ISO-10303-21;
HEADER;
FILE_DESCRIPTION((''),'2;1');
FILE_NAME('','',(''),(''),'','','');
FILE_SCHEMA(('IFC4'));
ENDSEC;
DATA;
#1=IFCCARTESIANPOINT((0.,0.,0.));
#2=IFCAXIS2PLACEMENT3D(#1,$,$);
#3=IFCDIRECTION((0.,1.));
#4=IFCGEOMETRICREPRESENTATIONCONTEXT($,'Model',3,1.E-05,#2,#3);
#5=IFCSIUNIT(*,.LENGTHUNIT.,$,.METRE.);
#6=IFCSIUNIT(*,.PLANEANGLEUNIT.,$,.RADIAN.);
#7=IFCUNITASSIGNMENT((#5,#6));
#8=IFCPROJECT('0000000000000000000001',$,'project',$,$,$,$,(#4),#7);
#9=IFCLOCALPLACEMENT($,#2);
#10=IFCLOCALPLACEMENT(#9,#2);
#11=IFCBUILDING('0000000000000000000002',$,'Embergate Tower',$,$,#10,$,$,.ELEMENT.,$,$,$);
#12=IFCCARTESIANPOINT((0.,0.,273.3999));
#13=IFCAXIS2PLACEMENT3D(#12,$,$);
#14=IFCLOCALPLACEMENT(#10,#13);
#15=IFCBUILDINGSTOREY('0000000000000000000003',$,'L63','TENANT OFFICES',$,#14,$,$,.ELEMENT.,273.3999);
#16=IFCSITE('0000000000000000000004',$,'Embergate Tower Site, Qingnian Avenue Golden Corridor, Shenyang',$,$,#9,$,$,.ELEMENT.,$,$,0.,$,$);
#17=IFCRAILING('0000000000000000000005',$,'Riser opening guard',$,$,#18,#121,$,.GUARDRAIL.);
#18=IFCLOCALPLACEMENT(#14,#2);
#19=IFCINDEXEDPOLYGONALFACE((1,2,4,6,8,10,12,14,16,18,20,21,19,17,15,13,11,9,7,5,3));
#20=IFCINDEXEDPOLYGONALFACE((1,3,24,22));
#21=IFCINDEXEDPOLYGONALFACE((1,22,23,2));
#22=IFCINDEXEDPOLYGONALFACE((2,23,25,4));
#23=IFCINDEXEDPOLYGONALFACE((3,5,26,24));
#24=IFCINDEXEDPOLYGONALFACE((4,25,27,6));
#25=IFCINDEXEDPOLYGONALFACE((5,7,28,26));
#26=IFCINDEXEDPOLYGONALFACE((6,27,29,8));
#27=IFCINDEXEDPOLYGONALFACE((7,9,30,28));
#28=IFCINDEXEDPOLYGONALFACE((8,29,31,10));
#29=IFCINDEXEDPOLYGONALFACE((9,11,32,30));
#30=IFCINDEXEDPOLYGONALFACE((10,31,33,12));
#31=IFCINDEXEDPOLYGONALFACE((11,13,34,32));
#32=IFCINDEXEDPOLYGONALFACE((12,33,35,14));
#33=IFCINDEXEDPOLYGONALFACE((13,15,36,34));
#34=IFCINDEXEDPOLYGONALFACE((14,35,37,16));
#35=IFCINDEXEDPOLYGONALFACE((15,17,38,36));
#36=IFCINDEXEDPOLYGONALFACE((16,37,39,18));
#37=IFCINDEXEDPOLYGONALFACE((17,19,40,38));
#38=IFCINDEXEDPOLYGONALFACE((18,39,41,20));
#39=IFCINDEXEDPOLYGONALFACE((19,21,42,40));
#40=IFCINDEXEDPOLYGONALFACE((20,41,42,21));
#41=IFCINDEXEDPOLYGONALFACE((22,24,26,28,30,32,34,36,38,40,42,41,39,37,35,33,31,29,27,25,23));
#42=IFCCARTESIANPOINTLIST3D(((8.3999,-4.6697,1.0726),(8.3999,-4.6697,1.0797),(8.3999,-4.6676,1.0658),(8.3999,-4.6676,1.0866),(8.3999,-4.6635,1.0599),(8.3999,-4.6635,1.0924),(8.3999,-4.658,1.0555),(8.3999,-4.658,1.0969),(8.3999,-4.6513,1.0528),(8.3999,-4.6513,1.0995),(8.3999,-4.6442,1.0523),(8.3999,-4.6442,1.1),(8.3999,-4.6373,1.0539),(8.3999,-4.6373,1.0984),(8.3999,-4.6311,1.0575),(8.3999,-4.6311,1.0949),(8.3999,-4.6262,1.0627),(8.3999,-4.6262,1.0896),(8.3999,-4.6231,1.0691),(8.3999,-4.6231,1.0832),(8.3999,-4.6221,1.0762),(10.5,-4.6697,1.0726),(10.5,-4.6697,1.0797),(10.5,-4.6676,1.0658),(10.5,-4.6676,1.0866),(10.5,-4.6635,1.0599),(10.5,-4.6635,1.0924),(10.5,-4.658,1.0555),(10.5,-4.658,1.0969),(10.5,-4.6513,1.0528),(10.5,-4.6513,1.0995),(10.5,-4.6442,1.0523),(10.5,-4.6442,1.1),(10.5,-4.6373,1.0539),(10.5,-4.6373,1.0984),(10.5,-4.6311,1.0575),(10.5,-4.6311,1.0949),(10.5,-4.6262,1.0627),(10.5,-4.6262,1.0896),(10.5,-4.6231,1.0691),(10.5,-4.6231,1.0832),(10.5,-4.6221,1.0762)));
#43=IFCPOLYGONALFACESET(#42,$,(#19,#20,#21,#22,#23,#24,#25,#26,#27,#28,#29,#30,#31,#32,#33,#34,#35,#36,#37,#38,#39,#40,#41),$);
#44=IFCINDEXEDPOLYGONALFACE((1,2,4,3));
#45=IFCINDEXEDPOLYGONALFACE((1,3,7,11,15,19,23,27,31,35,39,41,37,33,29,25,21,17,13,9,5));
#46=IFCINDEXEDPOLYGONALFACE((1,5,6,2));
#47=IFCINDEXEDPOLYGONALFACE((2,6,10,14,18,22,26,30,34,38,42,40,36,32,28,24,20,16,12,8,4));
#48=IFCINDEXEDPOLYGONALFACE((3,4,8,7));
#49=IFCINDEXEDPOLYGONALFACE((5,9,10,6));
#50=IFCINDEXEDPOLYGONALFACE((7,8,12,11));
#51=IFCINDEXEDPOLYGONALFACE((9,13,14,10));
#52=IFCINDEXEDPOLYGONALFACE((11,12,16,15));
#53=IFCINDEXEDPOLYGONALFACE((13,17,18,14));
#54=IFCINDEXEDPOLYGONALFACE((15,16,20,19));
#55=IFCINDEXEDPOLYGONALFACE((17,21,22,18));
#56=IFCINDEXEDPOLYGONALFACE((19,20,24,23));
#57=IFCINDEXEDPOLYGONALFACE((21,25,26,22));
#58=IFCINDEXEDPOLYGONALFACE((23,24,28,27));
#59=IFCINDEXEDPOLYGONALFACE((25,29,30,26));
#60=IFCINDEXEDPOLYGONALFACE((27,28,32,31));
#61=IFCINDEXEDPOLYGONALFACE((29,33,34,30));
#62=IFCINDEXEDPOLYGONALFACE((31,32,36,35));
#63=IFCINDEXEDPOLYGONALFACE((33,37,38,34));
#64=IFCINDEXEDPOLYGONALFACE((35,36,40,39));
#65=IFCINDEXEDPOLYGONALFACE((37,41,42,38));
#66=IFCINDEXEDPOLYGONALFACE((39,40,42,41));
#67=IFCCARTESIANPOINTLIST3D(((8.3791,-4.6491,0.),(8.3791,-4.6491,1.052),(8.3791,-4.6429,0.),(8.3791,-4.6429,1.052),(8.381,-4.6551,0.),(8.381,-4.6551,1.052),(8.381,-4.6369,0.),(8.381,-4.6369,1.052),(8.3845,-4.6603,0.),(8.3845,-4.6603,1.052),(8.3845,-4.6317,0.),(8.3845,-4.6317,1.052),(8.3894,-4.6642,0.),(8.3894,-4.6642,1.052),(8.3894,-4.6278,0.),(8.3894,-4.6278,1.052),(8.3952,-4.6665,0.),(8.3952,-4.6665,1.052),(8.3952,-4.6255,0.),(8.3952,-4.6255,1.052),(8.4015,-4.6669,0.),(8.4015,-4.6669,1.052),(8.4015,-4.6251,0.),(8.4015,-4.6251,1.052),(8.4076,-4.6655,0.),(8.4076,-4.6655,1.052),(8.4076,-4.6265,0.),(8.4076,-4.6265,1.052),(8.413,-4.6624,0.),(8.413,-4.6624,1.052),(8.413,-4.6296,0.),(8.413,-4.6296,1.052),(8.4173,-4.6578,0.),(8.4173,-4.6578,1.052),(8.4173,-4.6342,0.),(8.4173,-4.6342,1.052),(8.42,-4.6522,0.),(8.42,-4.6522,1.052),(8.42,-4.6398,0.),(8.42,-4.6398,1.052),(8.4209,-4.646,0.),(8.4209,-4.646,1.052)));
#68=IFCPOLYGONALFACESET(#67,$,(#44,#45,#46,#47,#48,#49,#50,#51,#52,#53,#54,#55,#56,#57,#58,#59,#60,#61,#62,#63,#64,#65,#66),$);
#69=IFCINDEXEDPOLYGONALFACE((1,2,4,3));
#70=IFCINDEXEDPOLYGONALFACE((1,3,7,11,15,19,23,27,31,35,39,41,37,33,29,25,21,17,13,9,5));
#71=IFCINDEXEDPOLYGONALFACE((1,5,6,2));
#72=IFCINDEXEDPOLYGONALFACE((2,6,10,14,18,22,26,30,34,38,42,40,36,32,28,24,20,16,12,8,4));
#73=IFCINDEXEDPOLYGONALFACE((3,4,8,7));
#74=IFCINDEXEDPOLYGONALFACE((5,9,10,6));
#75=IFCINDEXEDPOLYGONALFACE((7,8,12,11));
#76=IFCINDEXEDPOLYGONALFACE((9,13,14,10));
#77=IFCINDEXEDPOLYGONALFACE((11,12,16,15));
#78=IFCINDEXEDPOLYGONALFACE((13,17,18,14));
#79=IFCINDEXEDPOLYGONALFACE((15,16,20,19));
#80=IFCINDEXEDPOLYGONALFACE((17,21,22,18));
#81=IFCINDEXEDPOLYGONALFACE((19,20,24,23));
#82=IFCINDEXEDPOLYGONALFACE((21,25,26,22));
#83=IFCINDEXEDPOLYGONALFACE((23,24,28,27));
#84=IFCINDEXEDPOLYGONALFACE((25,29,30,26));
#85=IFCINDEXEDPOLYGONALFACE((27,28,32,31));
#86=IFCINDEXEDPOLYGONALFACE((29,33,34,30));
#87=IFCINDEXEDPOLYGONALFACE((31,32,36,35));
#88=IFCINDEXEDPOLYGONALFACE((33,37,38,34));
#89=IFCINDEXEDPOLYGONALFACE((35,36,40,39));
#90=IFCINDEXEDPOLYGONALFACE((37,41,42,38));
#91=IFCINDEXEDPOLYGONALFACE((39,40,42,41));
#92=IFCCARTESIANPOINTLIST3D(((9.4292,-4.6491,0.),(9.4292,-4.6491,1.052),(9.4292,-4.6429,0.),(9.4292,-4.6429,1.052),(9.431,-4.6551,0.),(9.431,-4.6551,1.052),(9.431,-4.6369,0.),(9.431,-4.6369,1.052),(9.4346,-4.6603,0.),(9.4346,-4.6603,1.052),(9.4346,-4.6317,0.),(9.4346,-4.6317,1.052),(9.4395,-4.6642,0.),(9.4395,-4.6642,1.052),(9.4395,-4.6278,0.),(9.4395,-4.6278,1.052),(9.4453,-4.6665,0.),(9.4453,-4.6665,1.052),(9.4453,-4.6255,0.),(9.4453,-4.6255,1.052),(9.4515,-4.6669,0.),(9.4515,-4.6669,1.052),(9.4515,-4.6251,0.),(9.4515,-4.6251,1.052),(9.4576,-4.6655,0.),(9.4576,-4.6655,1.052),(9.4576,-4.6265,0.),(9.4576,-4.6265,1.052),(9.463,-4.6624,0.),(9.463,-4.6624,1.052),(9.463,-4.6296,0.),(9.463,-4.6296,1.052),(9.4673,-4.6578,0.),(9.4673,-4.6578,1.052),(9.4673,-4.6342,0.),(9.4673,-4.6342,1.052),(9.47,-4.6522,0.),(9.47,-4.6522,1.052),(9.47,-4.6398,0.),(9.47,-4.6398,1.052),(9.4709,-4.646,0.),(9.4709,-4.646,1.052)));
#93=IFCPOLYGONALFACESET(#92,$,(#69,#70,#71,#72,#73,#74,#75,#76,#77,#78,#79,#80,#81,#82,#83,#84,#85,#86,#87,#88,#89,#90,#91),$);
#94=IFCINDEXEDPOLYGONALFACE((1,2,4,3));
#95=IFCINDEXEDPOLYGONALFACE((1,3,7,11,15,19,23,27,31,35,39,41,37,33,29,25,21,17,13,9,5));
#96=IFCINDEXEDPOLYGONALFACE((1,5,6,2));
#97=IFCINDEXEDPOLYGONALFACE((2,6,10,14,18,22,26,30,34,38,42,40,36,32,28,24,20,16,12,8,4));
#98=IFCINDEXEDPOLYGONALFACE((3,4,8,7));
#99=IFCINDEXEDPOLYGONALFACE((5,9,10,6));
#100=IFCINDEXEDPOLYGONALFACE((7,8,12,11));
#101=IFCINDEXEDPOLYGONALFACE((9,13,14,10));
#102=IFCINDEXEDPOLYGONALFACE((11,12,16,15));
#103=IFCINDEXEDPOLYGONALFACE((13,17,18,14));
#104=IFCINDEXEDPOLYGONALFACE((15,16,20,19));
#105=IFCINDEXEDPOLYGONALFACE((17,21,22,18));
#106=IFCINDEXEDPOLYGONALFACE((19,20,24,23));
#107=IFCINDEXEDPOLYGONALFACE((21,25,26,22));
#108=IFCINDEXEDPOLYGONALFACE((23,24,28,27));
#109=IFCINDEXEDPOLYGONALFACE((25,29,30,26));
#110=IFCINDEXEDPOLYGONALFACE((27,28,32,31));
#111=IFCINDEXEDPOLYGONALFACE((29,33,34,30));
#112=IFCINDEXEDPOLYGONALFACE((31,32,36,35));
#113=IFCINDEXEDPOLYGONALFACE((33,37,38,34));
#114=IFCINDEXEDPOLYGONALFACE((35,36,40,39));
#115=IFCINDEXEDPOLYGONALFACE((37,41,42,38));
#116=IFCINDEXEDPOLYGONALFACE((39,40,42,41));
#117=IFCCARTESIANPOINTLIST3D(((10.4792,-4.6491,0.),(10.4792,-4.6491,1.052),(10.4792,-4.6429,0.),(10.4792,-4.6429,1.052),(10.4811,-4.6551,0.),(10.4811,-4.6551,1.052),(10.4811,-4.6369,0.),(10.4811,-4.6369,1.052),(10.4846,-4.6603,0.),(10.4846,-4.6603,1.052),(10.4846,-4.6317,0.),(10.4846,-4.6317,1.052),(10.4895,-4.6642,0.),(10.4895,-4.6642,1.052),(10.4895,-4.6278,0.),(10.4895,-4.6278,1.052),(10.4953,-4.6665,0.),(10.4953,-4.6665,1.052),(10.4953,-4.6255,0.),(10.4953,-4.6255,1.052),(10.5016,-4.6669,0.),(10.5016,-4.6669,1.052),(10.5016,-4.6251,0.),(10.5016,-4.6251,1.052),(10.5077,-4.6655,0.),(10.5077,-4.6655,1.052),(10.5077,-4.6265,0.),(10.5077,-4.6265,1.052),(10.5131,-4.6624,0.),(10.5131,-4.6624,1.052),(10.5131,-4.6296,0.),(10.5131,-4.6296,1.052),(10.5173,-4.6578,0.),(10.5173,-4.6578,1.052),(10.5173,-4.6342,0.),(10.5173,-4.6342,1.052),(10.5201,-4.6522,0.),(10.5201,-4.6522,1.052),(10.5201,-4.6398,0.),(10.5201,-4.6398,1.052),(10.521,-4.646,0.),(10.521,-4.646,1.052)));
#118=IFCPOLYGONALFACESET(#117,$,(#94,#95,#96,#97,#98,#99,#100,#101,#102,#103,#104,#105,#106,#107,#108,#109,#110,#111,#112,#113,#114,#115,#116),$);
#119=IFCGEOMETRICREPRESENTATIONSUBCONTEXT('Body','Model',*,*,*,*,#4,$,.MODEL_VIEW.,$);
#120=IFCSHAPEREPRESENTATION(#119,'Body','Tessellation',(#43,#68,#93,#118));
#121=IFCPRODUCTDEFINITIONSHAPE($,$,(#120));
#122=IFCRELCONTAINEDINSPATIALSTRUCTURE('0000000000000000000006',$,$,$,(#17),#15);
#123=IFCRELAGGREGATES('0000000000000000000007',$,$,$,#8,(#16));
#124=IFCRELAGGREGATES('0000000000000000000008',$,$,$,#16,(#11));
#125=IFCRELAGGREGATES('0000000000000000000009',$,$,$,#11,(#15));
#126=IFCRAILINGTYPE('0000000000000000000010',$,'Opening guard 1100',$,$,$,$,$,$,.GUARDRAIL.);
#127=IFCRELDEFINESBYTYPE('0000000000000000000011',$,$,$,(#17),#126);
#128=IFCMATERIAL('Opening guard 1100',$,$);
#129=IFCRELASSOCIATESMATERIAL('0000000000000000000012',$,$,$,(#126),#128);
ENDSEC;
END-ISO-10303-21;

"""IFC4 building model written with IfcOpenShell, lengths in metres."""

from ifc_helpers import new_model, si_unit, direction, frame, origin, origin_2d, place, context, subcontext, project, spatial, circle, extrude, source, transform, mapped, material, type_object, element, save


model = new_model("IFC4")

# Units and contexts
model_context = context("Model", 3, precision=1e-05, world=origin(), true_north=direction((0.0, 1.0)))
body_context = subcontext(model_context, "Body", "Model", "MODEL_VIEW")
ifc_project = project(units=[si_unit("LENGTHUNIT", "METRE"), si_unit("PLANEANGLEUNIT", "RADIAN")], contexts=[model_context])

# Site, building, storey
site_placement = place(None, origin())
site = spatial("IfcSite", under=ifc_project, at=site_placement, Name="Embergate Tower Site, Qingnian Avenue Golden Corridor, Shenyang", CompositionType="ELEMENT", RefElevation=0.0)
building_placement = place(site_placement, origin())
building = spatial("IfcBuilding", under=site, at=building_placement, Name="Embergate Tower", CompositionType="ELEMENT")
storey_placement = place(building_placement, frame((0.0, 0.0, 273.3999)))
storey = spatial("IfcBuildingStorey", under=building, at=storey_placement, Name="L63", Description="TENANT OFFICES", CompositionType="ELEMENT", Elevation=273.3999)

# Railing
ifc_material_1 = material(Name="Opening guard 1100")
railing_type_1 = type_object("IfcRailingType", Name="Opening guard 1100", PredefinedType="GUARDRAIL", material=ifc_material_1)
shared_shape_1 = source(origin(), body_context, "Body", "SweptSolid", [
    extrude(circle(Radius=0.0239, at=origin_2d()), frame((0.0, 0.0, 1.0762), z_axis=(1.0, 0.0, 0.0), x_axis=(0.0, 1.0, 0.0)), (0.0, 0.0, 1.0), 2.1001),
    extrude(circle(Radius=0.021, at=origin_2d()), origin(), (0.0, 0.0, 1.0), 1.052),
    extrude(circle(Radius=0.021, at=origin_2d()), frame((1.05, 0.0, 0.0)), (0.0, 0.0, 1.0), 1.052),
    extrude(circle(Radius=0.021, at=origin_2d()), frame((2.1001, 0.0, 0.0)), (0.0, 0.0, 1.0), 1.052),
])
railing_1_placement = place(storey_placement, frame((8.3999, -4.646, 0.0)))
element("IfcRailing", 1, at=railing_1_placement, inside=storey, type_object=railing_type_1, Name="Riser opening guard", PredefinedType="GUARDRAIL", context=body_context, shape_type="MappedRepresentation", body=[
    mapped(shared_shape_1, transform((0.0, 0.0, 0.0))),
])

save(model, "model.ifc")
